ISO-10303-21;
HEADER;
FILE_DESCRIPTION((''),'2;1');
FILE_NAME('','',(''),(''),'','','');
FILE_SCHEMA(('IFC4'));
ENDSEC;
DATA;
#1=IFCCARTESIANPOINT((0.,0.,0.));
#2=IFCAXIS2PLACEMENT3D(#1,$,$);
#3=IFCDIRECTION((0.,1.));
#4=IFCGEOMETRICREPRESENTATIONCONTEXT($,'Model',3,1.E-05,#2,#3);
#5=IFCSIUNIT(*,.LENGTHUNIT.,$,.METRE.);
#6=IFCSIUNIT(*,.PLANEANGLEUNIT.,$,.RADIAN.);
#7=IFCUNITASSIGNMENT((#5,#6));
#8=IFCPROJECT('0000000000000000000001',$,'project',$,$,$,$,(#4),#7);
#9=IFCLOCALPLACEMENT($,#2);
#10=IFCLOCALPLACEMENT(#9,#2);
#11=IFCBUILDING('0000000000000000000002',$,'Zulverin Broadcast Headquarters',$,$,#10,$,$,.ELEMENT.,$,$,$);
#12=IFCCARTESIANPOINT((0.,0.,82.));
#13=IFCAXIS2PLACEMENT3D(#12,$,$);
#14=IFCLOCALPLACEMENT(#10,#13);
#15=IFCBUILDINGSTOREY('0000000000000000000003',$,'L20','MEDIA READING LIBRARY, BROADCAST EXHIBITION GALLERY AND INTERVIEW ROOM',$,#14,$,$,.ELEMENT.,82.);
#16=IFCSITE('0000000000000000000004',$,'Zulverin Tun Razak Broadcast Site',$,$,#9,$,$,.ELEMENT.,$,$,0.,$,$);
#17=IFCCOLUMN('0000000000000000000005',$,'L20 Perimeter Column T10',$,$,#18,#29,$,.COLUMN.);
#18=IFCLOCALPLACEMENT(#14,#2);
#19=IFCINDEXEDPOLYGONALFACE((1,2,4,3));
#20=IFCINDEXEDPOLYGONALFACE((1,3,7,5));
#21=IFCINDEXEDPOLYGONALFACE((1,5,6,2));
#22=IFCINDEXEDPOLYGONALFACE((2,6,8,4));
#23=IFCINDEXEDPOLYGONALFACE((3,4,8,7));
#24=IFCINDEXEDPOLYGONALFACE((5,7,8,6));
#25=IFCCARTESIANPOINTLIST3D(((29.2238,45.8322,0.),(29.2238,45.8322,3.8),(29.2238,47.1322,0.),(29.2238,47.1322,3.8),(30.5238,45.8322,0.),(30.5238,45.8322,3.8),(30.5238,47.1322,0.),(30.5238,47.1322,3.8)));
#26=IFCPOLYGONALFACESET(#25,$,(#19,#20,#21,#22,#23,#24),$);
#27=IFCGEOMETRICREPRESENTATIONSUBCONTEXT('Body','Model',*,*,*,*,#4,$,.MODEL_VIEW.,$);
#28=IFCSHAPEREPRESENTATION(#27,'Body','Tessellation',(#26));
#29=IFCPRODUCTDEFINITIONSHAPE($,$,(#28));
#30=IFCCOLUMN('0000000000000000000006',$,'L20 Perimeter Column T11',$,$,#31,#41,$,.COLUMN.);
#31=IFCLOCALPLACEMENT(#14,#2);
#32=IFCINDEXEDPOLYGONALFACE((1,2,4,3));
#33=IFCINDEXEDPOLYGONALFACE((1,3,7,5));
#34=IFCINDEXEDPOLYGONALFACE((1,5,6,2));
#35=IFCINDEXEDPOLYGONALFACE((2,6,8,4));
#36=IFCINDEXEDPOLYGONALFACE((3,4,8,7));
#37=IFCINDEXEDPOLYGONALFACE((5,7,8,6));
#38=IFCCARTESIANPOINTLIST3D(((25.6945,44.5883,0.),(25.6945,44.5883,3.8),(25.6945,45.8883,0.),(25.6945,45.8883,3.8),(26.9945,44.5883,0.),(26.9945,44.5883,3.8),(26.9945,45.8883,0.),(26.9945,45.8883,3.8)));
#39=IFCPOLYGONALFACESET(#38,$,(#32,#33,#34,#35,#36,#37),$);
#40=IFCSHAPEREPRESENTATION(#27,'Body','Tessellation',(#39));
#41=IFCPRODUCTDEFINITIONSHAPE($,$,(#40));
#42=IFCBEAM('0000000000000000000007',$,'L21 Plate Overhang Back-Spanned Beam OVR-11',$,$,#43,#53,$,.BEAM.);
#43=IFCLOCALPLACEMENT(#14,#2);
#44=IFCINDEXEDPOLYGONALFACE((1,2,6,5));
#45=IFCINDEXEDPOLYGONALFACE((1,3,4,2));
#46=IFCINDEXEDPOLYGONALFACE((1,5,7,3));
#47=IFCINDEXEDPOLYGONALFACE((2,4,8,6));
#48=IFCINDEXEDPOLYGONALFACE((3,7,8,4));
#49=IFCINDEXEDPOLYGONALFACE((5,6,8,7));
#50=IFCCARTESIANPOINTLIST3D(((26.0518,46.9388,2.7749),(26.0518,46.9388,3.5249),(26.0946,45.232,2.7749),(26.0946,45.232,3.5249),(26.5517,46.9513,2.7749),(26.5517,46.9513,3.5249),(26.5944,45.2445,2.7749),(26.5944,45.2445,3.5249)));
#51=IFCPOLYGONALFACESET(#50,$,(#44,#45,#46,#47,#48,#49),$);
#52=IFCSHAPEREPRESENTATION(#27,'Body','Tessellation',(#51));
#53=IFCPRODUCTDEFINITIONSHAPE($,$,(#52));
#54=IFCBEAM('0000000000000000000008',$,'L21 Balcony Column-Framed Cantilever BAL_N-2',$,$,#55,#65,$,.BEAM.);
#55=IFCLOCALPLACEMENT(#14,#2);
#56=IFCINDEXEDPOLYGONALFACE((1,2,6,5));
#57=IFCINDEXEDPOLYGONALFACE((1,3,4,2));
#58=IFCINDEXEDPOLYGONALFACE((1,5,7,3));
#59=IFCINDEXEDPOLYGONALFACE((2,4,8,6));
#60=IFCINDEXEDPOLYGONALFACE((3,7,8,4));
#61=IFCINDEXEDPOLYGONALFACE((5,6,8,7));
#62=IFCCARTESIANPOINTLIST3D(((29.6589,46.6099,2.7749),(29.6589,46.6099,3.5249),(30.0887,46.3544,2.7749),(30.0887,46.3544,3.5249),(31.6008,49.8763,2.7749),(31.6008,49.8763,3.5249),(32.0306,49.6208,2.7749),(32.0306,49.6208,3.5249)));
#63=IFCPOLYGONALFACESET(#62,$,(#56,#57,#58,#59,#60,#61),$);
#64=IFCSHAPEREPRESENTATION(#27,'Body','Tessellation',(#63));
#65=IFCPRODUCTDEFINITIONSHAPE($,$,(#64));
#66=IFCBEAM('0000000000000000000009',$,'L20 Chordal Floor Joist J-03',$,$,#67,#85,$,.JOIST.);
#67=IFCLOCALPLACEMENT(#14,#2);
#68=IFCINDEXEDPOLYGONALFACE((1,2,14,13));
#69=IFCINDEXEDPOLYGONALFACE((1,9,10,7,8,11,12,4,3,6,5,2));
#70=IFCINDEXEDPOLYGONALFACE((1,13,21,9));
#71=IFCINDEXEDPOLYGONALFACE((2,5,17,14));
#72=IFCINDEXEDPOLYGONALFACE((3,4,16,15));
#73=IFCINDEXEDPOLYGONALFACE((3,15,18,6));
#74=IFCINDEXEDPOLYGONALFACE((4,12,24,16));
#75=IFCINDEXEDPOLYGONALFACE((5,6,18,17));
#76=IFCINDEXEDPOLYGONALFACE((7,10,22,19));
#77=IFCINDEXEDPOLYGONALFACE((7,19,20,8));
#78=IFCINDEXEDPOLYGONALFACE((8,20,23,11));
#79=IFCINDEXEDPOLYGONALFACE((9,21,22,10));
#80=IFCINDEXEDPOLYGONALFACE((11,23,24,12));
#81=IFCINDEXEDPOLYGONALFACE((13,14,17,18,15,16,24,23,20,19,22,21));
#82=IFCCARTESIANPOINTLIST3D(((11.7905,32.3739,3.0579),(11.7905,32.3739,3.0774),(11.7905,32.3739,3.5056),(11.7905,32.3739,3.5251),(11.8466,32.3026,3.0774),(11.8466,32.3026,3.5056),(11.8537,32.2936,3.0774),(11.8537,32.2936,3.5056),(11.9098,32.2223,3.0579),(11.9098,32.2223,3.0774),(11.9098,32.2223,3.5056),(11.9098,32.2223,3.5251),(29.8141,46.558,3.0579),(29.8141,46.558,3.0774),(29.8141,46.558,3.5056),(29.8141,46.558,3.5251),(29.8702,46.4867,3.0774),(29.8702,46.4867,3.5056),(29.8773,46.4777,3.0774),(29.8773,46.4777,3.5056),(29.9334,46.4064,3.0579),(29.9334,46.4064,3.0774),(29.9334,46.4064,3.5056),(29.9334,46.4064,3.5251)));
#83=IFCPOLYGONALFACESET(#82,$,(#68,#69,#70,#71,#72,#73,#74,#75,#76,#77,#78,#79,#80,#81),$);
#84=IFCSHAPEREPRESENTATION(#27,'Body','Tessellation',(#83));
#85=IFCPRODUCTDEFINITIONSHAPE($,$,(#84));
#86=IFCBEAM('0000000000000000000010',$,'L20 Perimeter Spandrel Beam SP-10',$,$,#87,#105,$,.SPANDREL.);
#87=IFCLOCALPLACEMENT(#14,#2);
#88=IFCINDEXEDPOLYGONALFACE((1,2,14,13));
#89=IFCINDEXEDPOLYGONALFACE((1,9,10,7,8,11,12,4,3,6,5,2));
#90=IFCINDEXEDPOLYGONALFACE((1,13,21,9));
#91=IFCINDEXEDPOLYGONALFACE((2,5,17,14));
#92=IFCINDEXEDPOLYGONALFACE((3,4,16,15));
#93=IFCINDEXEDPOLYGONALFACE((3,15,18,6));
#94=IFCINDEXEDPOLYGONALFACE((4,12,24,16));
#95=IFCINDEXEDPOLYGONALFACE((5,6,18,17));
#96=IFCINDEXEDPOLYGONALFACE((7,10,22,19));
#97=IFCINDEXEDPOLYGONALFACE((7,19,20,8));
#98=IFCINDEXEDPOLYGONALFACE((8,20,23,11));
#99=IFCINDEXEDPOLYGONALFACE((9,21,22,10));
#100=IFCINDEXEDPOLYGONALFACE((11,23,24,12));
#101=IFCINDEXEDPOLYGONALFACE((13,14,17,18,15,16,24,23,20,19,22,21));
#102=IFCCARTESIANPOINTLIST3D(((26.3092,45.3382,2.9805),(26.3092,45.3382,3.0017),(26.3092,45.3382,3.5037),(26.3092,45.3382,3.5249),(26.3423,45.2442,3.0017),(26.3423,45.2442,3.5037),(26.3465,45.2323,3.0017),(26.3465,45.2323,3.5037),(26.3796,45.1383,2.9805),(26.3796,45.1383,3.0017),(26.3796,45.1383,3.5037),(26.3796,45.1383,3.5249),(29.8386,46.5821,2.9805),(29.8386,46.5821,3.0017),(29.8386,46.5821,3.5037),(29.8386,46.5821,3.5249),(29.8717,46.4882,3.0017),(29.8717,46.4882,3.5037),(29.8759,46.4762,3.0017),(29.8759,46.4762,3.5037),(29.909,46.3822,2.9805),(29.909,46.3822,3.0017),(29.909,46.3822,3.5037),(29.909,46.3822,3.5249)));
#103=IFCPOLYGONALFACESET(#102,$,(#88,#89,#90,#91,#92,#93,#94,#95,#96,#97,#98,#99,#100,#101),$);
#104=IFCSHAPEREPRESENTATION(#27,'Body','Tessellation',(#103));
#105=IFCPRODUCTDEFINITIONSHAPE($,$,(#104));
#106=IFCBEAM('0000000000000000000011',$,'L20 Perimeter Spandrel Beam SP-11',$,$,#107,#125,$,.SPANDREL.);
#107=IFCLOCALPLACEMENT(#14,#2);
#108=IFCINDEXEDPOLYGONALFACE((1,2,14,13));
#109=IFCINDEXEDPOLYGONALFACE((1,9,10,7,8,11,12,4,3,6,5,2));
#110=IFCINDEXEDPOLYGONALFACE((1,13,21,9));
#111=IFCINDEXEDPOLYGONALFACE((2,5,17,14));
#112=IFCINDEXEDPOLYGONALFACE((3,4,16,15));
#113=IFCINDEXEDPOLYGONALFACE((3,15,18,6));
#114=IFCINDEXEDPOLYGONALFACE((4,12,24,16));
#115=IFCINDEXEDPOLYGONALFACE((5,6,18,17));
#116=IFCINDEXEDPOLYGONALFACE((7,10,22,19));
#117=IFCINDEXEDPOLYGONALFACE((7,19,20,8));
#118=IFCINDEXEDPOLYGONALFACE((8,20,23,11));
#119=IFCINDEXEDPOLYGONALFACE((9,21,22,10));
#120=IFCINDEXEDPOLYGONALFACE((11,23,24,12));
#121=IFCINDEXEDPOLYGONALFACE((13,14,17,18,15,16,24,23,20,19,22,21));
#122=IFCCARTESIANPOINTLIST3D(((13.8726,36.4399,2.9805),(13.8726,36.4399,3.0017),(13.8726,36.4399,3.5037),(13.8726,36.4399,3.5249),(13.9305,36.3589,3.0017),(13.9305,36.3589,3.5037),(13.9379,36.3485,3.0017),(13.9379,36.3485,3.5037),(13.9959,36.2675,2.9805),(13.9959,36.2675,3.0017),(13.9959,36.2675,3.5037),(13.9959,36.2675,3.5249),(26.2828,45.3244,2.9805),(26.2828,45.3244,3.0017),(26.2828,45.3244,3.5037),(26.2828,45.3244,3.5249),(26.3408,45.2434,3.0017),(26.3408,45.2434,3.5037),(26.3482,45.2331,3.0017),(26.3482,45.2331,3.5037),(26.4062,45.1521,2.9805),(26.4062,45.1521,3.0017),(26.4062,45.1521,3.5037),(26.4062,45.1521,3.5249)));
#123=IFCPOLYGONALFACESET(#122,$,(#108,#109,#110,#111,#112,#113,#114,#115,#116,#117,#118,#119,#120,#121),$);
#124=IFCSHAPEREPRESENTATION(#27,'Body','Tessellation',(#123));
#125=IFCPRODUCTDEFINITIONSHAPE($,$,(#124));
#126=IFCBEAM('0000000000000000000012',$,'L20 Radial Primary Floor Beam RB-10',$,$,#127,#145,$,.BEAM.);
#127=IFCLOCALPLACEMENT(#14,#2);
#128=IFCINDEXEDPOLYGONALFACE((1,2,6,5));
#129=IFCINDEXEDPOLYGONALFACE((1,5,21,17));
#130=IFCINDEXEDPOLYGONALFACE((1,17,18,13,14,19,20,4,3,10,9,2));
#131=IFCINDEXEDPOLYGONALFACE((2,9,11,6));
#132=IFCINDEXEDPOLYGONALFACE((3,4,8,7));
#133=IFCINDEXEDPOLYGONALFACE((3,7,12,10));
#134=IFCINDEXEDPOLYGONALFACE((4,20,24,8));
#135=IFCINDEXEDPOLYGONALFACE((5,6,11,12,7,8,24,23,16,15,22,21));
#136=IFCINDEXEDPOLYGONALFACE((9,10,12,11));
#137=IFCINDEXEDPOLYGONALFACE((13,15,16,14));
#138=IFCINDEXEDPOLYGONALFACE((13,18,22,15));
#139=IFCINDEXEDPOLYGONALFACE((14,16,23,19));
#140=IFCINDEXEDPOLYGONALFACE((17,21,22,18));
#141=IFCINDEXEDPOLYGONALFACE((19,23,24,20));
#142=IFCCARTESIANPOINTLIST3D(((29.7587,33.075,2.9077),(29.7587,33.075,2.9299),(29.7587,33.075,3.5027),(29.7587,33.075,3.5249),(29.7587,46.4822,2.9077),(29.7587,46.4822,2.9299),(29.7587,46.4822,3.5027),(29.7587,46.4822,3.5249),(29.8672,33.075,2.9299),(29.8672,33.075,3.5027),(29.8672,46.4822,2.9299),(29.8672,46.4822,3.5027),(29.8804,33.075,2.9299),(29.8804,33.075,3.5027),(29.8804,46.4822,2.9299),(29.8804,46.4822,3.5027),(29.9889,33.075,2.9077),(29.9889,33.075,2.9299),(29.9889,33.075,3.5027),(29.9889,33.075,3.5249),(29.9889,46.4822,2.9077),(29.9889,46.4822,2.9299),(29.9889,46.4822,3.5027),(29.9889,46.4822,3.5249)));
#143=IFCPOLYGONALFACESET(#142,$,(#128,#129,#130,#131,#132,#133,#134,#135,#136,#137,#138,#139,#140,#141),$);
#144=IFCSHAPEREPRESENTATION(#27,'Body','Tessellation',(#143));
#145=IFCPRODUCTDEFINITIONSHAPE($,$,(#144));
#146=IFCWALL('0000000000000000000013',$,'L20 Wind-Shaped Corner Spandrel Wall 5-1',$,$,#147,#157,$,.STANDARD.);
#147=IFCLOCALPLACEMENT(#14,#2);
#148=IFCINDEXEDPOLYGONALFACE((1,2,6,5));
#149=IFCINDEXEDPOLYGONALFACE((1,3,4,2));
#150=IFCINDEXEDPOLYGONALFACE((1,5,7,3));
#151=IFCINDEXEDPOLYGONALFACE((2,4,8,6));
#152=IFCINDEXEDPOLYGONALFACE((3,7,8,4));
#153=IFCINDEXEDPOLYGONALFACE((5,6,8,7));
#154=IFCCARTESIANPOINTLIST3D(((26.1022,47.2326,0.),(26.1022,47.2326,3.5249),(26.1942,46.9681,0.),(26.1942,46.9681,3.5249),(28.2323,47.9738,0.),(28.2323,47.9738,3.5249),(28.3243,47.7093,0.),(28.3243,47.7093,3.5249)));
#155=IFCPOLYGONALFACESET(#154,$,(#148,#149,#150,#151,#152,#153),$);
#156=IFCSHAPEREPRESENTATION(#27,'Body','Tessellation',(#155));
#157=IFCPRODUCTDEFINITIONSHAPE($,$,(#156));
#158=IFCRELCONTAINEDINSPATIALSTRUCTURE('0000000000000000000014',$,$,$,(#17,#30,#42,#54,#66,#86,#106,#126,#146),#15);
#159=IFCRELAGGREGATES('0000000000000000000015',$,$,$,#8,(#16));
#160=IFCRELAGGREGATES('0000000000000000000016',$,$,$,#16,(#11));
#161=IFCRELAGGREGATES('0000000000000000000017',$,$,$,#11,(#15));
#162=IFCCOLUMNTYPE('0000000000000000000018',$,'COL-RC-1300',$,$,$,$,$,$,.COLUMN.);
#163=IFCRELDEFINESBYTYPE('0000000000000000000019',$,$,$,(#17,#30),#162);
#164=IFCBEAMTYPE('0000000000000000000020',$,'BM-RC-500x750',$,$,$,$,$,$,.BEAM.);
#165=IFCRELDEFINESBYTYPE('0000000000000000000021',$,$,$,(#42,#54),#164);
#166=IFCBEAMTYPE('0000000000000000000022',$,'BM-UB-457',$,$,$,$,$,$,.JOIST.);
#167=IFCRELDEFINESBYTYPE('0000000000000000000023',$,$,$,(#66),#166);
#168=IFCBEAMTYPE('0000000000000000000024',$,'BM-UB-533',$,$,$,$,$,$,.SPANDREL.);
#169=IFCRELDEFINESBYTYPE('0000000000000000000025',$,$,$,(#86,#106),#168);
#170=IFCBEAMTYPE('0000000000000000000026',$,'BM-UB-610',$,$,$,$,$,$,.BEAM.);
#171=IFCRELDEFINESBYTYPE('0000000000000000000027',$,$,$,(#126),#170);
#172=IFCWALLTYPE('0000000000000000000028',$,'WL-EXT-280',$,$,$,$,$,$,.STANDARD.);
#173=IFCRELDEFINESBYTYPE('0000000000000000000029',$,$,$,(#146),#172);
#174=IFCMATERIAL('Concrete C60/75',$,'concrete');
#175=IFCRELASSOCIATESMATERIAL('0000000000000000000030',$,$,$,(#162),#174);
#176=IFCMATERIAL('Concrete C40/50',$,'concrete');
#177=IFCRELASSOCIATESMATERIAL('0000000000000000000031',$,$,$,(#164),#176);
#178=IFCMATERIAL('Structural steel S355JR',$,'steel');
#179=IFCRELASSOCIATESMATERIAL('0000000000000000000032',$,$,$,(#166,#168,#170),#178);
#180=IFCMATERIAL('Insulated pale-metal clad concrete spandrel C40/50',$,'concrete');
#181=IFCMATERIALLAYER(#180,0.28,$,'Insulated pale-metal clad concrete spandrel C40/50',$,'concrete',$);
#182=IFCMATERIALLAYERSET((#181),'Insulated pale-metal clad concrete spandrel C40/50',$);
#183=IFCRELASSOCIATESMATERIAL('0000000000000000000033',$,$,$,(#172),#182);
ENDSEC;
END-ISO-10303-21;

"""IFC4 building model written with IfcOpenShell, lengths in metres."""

from ifc_helpers import new_model, si_unit, direction, frame, frame_2d, origin, origin_2d, place, context, subcontext, project, spatial, rectangle, i_section, extrude, material, layer, layer_set, material_profile, profile_set, type_object, element, save


model = new_model("IFC4")

# Units and contexts
model_context = context("Model", 3, precision=1e-05, world=origin(), true_north=direction((0.0, 1.0)))
body_context = subcontext(model_context, "Body", "Model", "MODEL_VIEW")
ifc_project = project(units=[si_unit("LENGTHUNIT", "METRE"), si_unit("PLANEANGLEUNIT", "RADIAN")], contexts=[model_context])

# Site, building, storey
site_placement = place(None, origin())
site = spatial("IfcSite", under=ifc_project, at=site_placement, Name="Zulverin Tun Razak Broadcast Site", CompositionType="ELEMENT", RefElevation=0.0)
building_placement = place(site_placement, origin())
building = spatial("IfcBuilding", under=site, at=building_placement, Name="Zulverin Broadcast Headquarters", CompositionType="ELEMENT")
storey_placement = place(building_placement, frame((0.0, 0.0, 82.0)))
storey = spatial("IfcBuildingStorey", under=building, at=storey_placement, Name="L20", Description="MEDIA READING LIBRARY, BROADCAST EXHIBITION GALLERY AND INTERVIEW ROOM", CompositionType="ELEMENT", Elevation=82.0)

# Columns
ifc_material_1 = material(Name="Concrete C60/75", Category="concrete")
ifc_material_profile_1 = material_profile(ifc_material_1, rectangle(XDim=1.3, YDim=1.3, at=origin_2d()), Name="Concrete C60/75", Category="concrete")
ifc_profile_set_1 = profile_set([ifc_material_profile_1], Name="Concrete C60/75")
column_type = type_object("IfcColumnType", Name="COL-RC-1300", PredefinedType="COLUMN", material=ifc_profile_set_1)
for number, where, z_axis, x_axis, name in (
    (1, (29.8738, 46.4822, 0.0), (0.0, 0.0, 1.0), (1.0, 0.0, 0.0), "L20 Perimeter Column T10"),
    (2, (26.3445, 45.2383, 0.0), (0.0, 0.0, 1.0), (1.0, 0.0, 0.0), "L20 Perimeter Column T11"),
):
    element("IfcColumn", number, at=place(storey_placement, frame(where, z_axis=z_axis, x_axis=x_axis)), inside=storey, type_object=column_type, Name=name, PredefinedType="COLUMN", context=body_context, shape_type="SweptSolid", body=[
        extrude(rectangle(XDim=1.3, YDim=1.3, at=origin_2d()), origin(), (0.0, 0.0, 1.0), 3.8),
    ])

# Beams
ifc_material_2 = material(Name="Concrete C40/50", Category="concrete")
ifc_material_profile_2 = material_profile(ifc_material_2, rectangle(XDim=0.5, YDim=0.75, at=origin_2d()), Name="Concrete C40/50", Category="concrete")
ifc_profile_set_2 = profile_set([ifc_material_profile_2], Name="Concrete C40/50")
beam_type_1 = type_object("IfcBeamType", Name="BM-RC-500x750", PredefinedType="BEAM", material=ifc_profile_set_2)
beam_1_placement = place(storey_placement, frame((26.3445, 45.2383, 3.1499), z_axis=(-0.025024, 0.999687, 0.0), x_axis=(-0.999687, -0.025024, 0.0)))
element("IfcBeam", 3, at=beam_1_placement, inside=storey, type_object=beam_type_1, Name="L21 Plate Overhang Back-Spanned Beam OVR-11", PredefinedType="BEAM", context=body_context, shape_type="SweptSolid", body=[
    extrude(rectangle(XDim=0.5, YDim=0.75, at=origin_2d()), origin(), (0.0, 0.0, 1.0), 1.7073),
])
beam_2_placement = place(storey_placement, frame((29.8738, 46.4822, 3.1499), z_axis=(0.511024, 0.859566, 0.0), x_axis=(-0.859566, 0.511024, 0.0)))
element("IfcBeam", 4, at=beam_2_placement, inside=storey, type_object=beam_type_1, Name="L21 Balcony Column-Framed Cantilever BAL_N-2", PredefinedType="BEAM", context=body_context, shape_type="SweptSolid", body=[
    extrude(rectangle(XDim=0.5, YDim=0.75, at=origin_2d()), origin(), (0.0, 0.0, 1.0), 3.8),
])
ifc_material_3 = material(Name="Structural steel S355JR", Category="steel")
ifc_material_profile_3 = material_profile(ifc_material_3, i_section(OverallWidth=0.1929, OverallDepth=0.4673, WebThickness=0.0115, FlangeThickness=0.0195, at=origin_2d()), Name="Structural steel S355JR", Category="steel")
ifc_profile_set_3 = profile_set([ifc_material_profile_3], Name="Structural steel S355JR")
beam_type_2 = type_object("IfcBeamType", Name="BM-UB-457", PredefinedType="JOIST", material=ifc_profile_set_3)
beam_3_placement = place(storey_placement, frame((29.8738, 46.4822, 3.2915), z_axis=(-0.785839, -0.618431, 0.0), x_axis=(0.618431, -0.785839, 0.0)))
element("IfcBeam", 5, at=beam_3_placement, inside=storey, type_object=beam_type_2, Name="L20 Chordal Floor Joist J-03", PredefinedType="JOIST", context=body_context, shape_type="SweptSolid", body=[
    extrude(i_section(OverallWidth=0.1929, OverallDepth=0.4673, WebThickness=0.0115, FlangeThickness=0.0195, at=origin_2d()), origin(), (0.0, 0.0, 1.0), 22.9355),
])
ifc_material_profile_4 = material_profile(ifc_material_3, i_section(OverallWidth=0.2119, OverallDepth=0.5444, WebThickness=0.0127, FlangeThickness=0.0212, at=origin_2d()), Name="Structural steel S355JR", Category="steel")
ifc_profile_set_4 = profile_set([ifc_material_profile_4], Name="Structural steel S355JR")
beam_type_3 = type_object("IfcBeamType", Name="BM-UB-533", PredefinedType="SPANDREL", material=ifc_profile_set_4)
beam_4_placement = place(storey_placement, frame((29.8738, 46.4822, 3.2527), z_axis=(-0.943136, -0.332407, 0.0), x_axis=(0.332407, -0.943136, 0.0)))
element("IfcBeam", 6, at=beam_4_placement, inside=storey, type_object=beam_type_3, Name="L20 Perimeter Spandrel Beam SP-10", PredefinedType="SPANDREL", context=body_context, shape_type="SweptSolid", body=[
    extrude(i_section(OverallWidth=0.2119, OverallDepth=0.5444, WebThickness=0.0127, FlangeThickness=0.0212, at=origin_2d()), origin(), (0.0, 0.0, 1.0), 3.7422),
])
beam_5_placement = place(storey_placement, frame((26.3445, 45.2383, 3.2527), z_axis=(-0.813109, -0.582111, 0.0), x_axis=(0.582111, -0.813109, 0.0)))
element("IfcBeam", 7, at=beam_5_placement, inside=storey, type_object=beam_type_3, Name="L20 Perimeter Spandrel Beam SP-11", PredefinedType="SPANDREL", context=body_context, shape_type="SweptSolid", body=[
    extrude(i_section(OverallWidth=0.2119, OverallDepth=0.5444, WebThickness=0.0127, FlangeThickness=0.0212, at=origin_2d()), origin(), (0.0, 0.0, 1.0), 15.2627),
])
ifc_material_profile_5 = material_profile(ifc_material_3, i_section(OverallWidth=0.2302, OverallDepth=0.6172, WebThickness=0.0132, FlangeThickness=0.0222, at=origin_2d()), Name="Structural steel S355JR", Category="steel")
ifc_profile_set_5 = profile_set([ifc_material_profile_5], Name="Structural steel S355JR")
beam_type_4 = type_object("IfcBeamType", Name="BM-UB-610", PredefinedType="BEAM", material=ifc_profile_set_5)
beam_6_placement = place(storey_placement, frame((29.8738, 33.075, 3.2163), z_axis=(0.0, 1.0, 0.0), x_axis=(-1.0, 0.0, 0.0)))
element("IfcBeam", 8, at=beam_6_placement, inside=storey, type_object=beam_type_4, Name="L20 Radial Primary Floor Beam RB-10", PredefinedType="BEAM", context=body_context, shape_type="SweptSolid", body=[
    extrude(i_section(OverallWidth=0.2302, OverallDepth=0.6172, WebThickness=0.0132, FlangeThickness=0.0222, at=origin_2d()), origin(), (0.0, 0.0, 1.0), 13.4072),
])

# Wall
ifc_material_4 = material(Name="Insulated pale-metal clad concrete spandrel C40/50", Category="concrete")
ifc_layer_1 = layer(ifc_material_4, 0.28, Name="Insulated pale-metal clad concrete spandrel C40/50", Category="concrete")
ifc_layer_set_1 = layer_set([ifc_layer_1], Name="Insulated pale-metal clad concrete spandrel C40/50")
wall_type_1 = type_object("IfcWallType", Name="WL-EXT-280", PredefinedType="STANDARD", material=ifc_layer_set_1)
wall_1_placement = place(storey_placement, frame((28.2783, 47.8416, 0.0), z_axis=(0.0, 0.0, 1.0), x_axis=(-0.944456, -0.328638, 0.0)))
element("IfcWall", 9, at=wall_1_placement, inside=storey, type_object=wall_type_1, Name="L20 Wind-Shaped Corner Spandrel Wall 5-1", PredefinedType="STANDARD", context=body_context, shape_type="SweptSolid", body=[
    extrude(rectangle(XDim=2.2554, YDim=0.28, at=frame_2d((1.1277, 0.0))), origin(), (0.0, 0.0, 1.0), 3.5249),
])

save(model, "model.ifc")
